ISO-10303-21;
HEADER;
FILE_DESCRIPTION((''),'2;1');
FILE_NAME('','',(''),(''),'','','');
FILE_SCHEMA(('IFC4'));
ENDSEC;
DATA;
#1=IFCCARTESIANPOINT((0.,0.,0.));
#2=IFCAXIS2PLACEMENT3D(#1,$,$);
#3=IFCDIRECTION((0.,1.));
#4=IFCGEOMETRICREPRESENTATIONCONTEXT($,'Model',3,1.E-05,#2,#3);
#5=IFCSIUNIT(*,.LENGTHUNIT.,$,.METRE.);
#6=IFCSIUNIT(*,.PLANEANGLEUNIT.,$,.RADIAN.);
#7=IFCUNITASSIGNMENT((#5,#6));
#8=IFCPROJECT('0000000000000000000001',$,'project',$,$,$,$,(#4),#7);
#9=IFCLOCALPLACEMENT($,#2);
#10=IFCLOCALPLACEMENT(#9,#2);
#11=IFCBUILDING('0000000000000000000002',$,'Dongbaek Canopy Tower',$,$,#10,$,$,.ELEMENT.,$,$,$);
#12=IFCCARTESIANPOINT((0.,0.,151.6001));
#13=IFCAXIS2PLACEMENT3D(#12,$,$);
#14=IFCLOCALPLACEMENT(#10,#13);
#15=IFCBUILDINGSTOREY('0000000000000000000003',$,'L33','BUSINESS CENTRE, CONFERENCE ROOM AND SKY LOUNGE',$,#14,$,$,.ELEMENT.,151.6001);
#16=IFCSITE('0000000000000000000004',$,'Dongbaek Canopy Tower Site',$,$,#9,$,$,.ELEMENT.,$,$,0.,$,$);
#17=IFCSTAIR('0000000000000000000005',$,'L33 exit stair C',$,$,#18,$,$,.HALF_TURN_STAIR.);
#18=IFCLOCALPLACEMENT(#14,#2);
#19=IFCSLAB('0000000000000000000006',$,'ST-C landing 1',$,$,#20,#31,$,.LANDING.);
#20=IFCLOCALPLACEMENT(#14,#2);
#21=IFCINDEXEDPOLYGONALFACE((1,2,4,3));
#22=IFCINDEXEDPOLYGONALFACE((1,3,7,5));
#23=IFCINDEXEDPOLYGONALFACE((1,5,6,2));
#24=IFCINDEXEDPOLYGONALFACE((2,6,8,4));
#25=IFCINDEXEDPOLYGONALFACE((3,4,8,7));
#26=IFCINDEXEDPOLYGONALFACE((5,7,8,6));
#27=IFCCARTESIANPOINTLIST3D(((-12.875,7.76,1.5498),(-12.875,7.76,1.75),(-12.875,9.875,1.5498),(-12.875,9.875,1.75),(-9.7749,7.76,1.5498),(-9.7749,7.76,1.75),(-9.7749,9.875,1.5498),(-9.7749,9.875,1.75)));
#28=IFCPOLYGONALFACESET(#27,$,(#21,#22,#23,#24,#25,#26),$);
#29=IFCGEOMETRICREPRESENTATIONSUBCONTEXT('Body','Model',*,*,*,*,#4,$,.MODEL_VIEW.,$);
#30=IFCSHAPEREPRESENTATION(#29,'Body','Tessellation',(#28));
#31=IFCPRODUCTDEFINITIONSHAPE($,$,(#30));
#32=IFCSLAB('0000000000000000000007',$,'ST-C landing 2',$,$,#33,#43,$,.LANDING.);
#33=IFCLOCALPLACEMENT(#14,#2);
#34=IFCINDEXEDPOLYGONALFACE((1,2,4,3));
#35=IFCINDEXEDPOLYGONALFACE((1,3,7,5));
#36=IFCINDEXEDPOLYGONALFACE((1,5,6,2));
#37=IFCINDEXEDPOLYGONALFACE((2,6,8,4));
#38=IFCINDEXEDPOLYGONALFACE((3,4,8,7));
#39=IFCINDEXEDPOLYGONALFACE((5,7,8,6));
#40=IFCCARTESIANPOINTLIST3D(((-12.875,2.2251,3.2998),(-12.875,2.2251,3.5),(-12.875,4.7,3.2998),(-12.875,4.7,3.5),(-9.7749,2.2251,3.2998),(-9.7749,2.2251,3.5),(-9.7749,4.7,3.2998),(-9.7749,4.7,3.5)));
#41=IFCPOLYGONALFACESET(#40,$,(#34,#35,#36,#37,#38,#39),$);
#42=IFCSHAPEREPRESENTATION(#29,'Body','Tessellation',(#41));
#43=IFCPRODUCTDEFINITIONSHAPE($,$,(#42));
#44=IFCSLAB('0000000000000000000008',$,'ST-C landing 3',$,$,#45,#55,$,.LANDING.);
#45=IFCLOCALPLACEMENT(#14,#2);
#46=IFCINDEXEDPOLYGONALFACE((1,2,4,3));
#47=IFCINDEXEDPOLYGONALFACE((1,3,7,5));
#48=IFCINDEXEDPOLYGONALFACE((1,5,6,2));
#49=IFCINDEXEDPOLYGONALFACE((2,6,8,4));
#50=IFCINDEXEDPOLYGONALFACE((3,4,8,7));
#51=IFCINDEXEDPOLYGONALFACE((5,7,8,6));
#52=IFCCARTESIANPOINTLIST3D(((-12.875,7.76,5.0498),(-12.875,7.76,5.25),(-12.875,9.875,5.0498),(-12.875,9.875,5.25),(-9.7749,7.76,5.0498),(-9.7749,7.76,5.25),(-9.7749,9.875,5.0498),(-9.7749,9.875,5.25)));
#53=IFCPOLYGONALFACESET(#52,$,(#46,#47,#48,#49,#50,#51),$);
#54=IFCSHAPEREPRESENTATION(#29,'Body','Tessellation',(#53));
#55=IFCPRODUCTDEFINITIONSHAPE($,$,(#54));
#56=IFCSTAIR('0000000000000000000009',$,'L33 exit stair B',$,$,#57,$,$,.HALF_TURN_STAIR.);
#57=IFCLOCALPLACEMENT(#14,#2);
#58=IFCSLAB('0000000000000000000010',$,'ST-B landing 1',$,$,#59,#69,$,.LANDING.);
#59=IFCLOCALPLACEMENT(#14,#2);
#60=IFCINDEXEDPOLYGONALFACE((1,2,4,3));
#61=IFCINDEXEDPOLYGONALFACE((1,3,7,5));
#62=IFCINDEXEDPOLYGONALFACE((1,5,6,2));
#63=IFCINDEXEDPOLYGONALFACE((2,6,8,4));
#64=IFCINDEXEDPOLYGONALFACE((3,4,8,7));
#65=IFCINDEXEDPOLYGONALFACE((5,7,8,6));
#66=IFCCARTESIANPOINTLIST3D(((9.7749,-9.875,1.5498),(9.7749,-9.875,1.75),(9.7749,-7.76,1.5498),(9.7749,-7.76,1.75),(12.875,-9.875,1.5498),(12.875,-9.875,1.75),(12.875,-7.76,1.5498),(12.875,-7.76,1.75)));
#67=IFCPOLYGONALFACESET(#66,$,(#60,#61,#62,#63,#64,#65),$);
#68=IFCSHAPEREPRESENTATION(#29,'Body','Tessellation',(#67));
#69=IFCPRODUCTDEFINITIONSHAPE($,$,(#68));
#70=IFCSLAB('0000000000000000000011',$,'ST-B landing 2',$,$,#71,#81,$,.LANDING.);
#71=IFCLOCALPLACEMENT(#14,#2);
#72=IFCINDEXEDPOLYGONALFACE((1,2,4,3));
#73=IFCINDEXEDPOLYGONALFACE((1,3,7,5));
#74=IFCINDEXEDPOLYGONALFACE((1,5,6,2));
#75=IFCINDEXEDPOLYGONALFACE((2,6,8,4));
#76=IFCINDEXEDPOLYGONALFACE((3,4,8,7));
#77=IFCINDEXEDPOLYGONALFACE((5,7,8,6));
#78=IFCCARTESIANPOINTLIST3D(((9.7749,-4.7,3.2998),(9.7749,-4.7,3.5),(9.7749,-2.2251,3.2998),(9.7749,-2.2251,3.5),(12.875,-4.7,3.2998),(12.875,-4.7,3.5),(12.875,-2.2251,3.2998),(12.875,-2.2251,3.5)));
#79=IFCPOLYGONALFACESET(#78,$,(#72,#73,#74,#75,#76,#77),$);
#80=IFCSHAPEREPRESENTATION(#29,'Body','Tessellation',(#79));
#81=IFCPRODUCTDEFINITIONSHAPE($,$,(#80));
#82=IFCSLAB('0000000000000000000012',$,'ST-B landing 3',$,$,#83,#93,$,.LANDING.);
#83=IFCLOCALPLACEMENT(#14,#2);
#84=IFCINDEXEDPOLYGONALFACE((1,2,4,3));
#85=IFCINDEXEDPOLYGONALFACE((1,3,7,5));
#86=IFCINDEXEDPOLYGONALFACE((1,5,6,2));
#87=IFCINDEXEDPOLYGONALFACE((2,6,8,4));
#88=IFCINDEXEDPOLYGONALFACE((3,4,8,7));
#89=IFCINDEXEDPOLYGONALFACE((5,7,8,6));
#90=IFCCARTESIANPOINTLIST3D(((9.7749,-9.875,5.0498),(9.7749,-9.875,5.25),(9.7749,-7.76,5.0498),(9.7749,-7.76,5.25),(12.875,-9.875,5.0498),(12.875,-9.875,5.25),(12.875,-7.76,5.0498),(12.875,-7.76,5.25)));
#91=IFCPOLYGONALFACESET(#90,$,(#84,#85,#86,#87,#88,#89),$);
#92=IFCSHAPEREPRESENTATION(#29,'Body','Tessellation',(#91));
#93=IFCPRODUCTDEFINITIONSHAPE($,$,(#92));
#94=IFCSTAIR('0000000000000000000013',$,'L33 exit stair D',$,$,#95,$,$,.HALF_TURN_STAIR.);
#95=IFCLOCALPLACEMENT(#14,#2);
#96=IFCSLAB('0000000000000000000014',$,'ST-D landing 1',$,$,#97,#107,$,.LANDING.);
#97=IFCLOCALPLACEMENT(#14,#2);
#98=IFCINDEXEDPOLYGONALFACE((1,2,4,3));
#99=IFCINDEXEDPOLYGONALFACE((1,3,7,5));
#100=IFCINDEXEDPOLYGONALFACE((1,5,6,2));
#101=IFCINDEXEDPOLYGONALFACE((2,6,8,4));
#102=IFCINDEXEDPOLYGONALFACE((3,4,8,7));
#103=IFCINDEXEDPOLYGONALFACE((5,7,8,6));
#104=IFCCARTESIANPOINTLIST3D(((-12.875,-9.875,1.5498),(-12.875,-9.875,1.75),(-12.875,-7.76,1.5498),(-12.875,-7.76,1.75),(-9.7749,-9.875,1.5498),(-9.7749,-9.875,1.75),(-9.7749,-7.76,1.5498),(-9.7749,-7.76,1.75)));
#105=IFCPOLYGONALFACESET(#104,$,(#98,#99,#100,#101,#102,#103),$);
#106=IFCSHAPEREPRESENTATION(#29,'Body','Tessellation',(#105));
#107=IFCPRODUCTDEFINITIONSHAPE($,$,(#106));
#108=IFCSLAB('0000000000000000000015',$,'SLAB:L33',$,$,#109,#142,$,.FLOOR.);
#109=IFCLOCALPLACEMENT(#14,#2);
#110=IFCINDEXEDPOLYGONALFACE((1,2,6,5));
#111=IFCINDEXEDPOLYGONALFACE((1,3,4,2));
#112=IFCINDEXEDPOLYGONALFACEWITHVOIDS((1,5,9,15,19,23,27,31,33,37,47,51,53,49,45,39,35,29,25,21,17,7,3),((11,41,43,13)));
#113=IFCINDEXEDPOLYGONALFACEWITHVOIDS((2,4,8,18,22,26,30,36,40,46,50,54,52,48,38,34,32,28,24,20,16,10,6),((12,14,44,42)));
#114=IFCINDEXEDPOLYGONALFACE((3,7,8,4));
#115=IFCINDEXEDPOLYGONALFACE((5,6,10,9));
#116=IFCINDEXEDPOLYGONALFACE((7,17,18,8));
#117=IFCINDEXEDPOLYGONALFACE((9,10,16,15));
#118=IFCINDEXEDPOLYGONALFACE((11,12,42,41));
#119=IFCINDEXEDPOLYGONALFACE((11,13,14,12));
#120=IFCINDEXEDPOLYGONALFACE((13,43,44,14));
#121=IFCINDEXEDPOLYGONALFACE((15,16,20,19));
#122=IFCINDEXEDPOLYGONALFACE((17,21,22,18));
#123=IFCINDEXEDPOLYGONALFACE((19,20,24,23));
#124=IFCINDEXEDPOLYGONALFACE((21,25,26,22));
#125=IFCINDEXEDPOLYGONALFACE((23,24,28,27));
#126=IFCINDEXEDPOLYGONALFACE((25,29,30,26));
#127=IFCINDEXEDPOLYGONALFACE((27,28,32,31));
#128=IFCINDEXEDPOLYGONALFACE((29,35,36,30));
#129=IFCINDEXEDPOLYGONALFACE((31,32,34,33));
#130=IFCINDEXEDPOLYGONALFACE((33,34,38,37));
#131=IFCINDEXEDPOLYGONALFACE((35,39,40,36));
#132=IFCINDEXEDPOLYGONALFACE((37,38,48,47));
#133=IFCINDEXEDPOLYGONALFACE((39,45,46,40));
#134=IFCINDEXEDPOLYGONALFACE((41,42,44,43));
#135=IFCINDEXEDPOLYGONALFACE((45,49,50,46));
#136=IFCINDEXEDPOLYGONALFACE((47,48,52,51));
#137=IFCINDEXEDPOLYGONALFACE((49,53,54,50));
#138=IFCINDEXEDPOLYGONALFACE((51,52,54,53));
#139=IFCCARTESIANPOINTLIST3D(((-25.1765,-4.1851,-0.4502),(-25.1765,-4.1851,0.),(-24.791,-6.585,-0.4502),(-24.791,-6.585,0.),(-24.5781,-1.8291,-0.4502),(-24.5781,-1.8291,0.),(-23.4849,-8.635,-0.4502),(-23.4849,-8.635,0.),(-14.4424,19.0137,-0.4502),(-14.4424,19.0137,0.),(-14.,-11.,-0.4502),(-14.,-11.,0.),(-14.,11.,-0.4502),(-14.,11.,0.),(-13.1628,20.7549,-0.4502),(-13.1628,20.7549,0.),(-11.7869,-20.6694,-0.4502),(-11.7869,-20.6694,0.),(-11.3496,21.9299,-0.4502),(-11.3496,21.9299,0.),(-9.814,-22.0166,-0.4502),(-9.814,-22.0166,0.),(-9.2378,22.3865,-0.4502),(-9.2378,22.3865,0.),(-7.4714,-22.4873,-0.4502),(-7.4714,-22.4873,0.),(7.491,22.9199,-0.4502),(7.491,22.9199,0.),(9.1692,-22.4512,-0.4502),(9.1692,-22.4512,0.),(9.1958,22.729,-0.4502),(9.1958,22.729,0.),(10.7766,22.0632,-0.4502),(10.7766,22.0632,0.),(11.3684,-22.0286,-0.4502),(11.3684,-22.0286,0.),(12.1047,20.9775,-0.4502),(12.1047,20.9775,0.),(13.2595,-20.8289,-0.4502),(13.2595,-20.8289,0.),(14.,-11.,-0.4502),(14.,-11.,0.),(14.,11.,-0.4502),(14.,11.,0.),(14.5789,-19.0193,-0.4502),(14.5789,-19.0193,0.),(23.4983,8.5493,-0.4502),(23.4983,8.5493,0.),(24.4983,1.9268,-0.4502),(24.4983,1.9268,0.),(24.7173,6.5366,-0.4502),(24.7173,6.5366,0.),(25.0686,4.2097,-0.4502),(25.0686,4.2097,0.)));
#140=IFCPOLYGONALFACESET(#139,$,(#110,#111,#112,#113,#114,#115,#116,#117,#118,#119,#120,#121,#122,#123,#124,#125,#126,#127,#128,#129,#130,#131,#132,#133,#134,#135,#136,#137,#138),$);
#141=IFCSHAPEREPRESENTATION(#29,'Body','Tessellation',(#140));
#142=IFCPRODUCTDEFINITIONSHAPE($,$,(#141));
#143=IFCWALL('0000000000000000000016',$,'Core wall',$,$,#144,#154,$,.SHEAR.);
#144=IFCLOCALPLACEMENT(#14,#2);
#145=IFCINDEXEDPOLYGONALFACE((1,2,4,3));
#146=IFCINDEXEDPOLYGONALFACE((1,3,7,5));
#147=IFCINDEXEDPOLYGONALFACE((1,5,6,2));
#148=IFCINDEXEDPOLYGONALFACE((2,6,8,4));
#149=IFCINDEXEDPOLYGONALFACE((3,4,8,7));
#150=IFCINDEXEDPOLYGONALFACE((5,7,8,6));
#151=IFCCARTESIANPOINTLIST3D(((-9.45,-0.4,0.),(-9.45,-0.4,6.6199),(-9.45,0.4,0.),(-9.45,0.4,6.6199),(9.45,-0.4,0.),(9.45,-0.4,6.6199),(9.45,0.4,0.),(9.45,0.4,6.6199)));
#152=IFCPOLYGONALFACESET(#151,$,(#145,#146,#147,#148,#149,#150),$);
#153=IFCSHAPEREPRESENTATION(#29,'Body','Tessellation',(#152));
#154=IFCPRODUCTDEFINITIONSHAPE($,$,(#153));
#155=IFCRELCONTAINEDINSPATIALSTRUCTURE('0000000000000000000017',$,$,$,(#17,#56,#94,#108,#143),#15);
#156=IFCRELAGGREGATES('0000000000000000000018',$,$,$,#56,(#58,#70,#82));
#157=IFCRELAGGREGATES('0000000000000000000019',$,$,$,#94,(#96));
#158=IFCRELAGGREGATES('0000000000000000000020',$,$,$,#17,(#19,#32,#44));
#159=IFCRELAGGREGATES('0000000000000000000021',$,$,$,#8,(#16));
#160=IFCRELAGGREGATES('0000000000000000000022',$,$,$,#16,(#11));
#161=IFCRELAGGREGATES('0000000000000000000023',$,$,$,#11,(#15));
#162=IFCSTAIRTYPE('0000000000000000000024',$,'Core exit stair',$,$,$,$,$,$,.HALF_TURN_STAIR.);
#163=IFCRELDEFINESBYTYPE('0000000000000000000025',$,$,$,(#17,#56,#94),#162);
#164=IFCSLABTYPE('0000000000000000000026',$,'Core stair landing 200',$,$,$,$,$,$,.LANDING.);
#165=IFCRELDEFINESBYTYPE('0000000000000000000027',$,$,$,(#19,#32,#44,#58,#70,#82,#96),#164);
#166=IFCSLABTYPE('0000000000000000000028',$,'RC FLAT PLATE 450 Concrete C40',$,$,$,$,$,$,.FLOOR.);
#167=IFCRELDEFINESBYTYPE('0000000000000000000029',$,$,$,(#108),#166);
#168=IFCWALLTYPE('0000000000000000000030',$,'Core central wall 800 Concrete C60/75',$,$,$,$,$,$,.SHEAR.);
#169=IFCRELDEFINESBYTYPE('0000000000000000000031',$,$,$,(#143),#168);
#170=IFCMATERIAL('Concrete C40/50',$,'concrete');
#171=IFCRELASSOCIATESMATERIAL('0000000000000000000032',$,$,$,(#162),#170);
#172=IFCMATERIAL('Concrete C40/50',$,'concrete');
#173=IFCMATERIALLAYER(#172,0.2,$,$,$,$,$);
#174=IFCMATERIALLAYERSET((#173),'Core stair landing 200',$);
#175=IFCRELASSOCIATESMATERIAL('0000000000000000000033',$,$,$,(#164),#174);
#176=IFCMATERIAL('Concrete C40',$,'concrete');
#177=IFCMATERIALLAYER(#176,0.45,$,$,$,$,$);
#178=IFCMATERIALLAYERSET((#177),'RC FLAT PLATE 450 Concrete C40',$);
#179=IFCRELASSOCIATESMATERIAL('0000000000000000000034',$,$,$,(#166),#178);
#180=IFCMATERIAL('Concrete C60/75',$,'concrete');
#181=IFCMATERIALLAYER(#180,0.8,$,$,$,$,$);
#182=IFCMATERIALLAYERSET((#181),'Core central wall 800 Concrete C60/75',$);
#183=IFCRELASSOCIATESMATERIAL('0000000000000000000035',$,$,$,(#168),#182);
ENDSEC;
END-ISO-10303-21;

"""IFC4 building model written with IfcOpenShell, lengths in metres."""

from ifc_helpers import new_model, si_unit, direction, frame, frame_2d, origin, place, context, subcontext, project, spatial, polyline, rectangle, outline, extrude, material, layer, layer_set, type_object, element, aggregate, save


model = new_model("IFC4")

# Units and contexts
model_context = context("Model", 3, precision=1e-05, world=origin(), true_north=direction((0.0, 1.0)))
body_context = subcontext(model_context, "Body", "Model", "MODEL_VIEW")
ifc_project = project(units=[si_unit("LENGTHUNIT", "METRE"), si_unit("PLANEANGLEUNIT", "RADIAN")], contexts=[model_context])

# Site, building, storey
site_placement = place(None, origin())
site = spatial("IfcSite", under=ifc_project, at=site_placement, Name="Dongbaek Canopy Tower Site", CompositionType="ELEMENT", RefElevation=0.0)
building_placement = place(site_placement, origin())
building = spatial("IfcBuilding", under=site, at=building_placement, Name="Dongbaek Canopy Tower", CompositionType="ELEMENT")
storey_placement = place(building_placement, frame((0.0, 0.0, 151.6001)))
storey = spatial("IfcBuildingStorey", under=building, at=storey_placement, Name="L33", Description="BUSINESS CENTRE, CONFERENCE ROOM AND SKY LOUNGE", CompositionType="ELEMENT", Elevation=151.6001)

# Stairs, slabs
ifc_material_1 = material(Name="Concrete C40/50", Category="concrete")
stair_type = type_object("IfcStairType", Name="Core exit stair", PredefinedType="HALF_TURN_STAIR", material=ifc_material_1)
ifc_material_2 = material(Name="Concrete C40/50", Category="concrete")
ifc_layer_1 = layer(ifc_material_2, 0.2)
ifc_layer_set_1 = layer_set([ifc_layer_1], Name="Core stair landing 200")
slab_type_1 = type_object("IfcSlabType", Name="Core stair landing 200", PredefinedType="LANDING", material=ifc_layer_set_1)
stair_1_placement = place(storey_placement, origin())
stair_1 = element("IfcStair", 1, at=stair_1_placement, inside=storey, type_object=stair_type, Name="L33 exit stair C", PredefinedType="HALF_TURN_STAIR")
slab_1_placement = place(storey_placement, frame((0.0, 0.0, 1.5498)))
slab_1 = element("IfcSlab", 2, at=slab_1_placement, type_object=slab_type_1, Name="ST-C landing 1", PredefinedType="LANDING", context=body_context, shape_type="SweptSolid", body=[
    extrude(outline(polyline([(-9.7749, 7.76), (-9.7749, 9.875), (-12.875, 9.875), (-12.875, 7.76), (-9.7749, 7.76)])), origin(), (0.0, 0.0, 1.0), 0.2002),
])
slab_2_placement = place(storey_placement, frame((0.0, 0.0, 3.2998)))
slab_2 = element("IfcSlab", 3, at=slab_2_placement, type_object=slab_type_1, Name="ST-C landing 2", PredefinedType="LANDING", context=body_context, shape_type="SweptSolid", body=[
    extrude(outline(polyline([(-9.7749, 2.2251), (-9.7749, 4.7), (-12.875, 4.7), (-12.875, 2.2251), (-9.7749, 2.2251)])), origin(), (0.0, 0.0, 1.0), 0.2002),
])
slab_3_placement = place(storey_placement, frame((0.0, 0.0, 5.0498)))
slab_3 = element("IfcSlab", 4, at=slab_3_placement, type_object=slab_type_1, Name="ST-C landing 3", PredefinedType="LANDING", context=body_context, shape_type="SweptSolid", body=[
    extrude(outline(polyline([(-9.7749, 7.76), (-9.7749, 9.875), (-12.875, 9.875), (-12.875, 7.76), (-9.7749, 7.76)])), origin(), (0.0, 0.0, 1.0), 0.2002),
])
stair_2_placement = place(storey_placement, origin())
stair_2 = element("IfcStair", 5, at=stair_2_placement, inside=storey, type_object=stair_type, Name="L33 exit stair B", PredefinedType="HALF_TURN_STAIR")
slab_4_placement = place(storey_placement, frame((0.0, 0.0, 1.5498)))
slab_4 = element("IfcSlab", 6, at=slab_4_placement, type_object=slab_type_1, Name="ST-B landing 1", PredefinedType="LANDING", context=body_context, shape_type="SweptSolid", body=[
    extrude(outline(polyline([(9.7749, -7.76), (9.7749, -9.875), (12.875, -9.875), (12.875, -7.76), (9.7749, -7.76)])), origin(), (0.0, 0.0, 1.0), 0.2002),
])
slab_5_placement = place(storey_placement, frame((0.0, 0.0, 3.2998)))
slab_5 = element("IfcSlab", 7, at=slab_5_placement, type_object=slab_type_1, Name="ST-B landing 2", PredefinedType="LANDING", context=body_context, shape_type="SweptSolid", body=[
    extrude(outline(polyline([(9.7749, -2.2251), (9.7749, -4.7), (12.875, -4.7), (12.875, -2.2251), (9.7749, -2.2251)])), origin(), (0.0, 0.0, 1.0), 0.2002),
])
slab_6_placement = place(storey_placement, frame((0.0, 0.0, 5.0498)))
slab_6 = element("IfcSlab", 8, at=slab_6_placement, type_object=slab_type_1, Name="ST-B landing 3", PredefinedType="LANDING", context=body_context, shape_type="SweptSolid", body=[
    extrude(outline(polyline([(9.7749, -7.76), (9.7749, -9.875), (12.875, -9.875), (12.875, -7.76), (9.7749, -7.76)])), origin(), (0.0, 0.0, 1.0), 0.2002),
])
aggregate(stair_2, [slab_4, slab_5, slab_6])

# Stair, slab
stair_3_placement = place(storey_placement, origin())
stair_3 = element("IfcStair", 9, at=stair_3_placement, inside=storey, type_object=stair_type, Name="L33 exit stair D", PredefinedType="HALF_TURN_STAIR")
slab_7_placement = place(storey_placement, frame((0.0, 0.0, 1.5498)))
slab_7 = element("IfcSlab", 10, at=slab_7_placement, type_object=slab_type_1, Name="ST-D landing 1", PredefinedType="LANDING", context=body_context, shape_type="SweptSolid", body=[
    extrude(outline(polyline([(-12.875, -7.76), (-12.875, -9.875), (-9.7749, -9.875), (-9.7749, -7.76), (-12.875, -7.76)])), origin(), (0.0, 0.0, 1.0), 0.2002),
])
aggregate(stair_3, [slab_7])

# Slab
ifc_material_3 = material(Name="Concrete C40", Category="concrete")
ifc_layer_2 = layer(ifc_material_3, 0.45)
ifc_layer_set_2 = layer_set([ifc_layer_2], Name="RC FLAT PLATE 450 Concrete C40")
slab_type_2 = type_object("IfcSlabType", Name="RC FLAT PLATE 450 Concrete C40", PredefinedType="FLOOR", material=ifc_layer_set_2)
slab_8_placement = place(storey_placement, frame((0.0, 0.0, -0.4502)))
element("IfcSlab", 11, at=slab_8_placement, inside=storey, type_object=slab_type_2, Name="SLAB:L33", PredefinedType="FLOOR", context=body_context, shape_type="SweptSolid", body=[
    extrude(outline(polyline([(14.5789, -19.0193), (13.2595, -20.8289), (11.3684, -22.0286), (9.1692, -22.4512), (-7.4714, -22.4873), (-9.814, -22.0166), (-11.7869, -20.6694), (-23.4849, -8.635), (-24.791, -6.585), (-25.1765, -4.1851), (-24.5781, -1.8291), (-14.4424, 19.0137), (-13.1628, 20.7549), (-11.3496, 21.9299), (-9.2378, 22.3865), (7.491, 22.9199), (9.1958, 22.729), (10.7766, 22.0632), (12.1047, 20.9775), (23.4983, 8.5493), (24.7173, 6.5366), (25.0686, 4.2097), (24.4983, 1.9268), (14.5789, -19.0193)]), holes=[polyline([(14.0, 11.0), (-14.0, 11.0), (-14.0, -11.0), (14.0, -11.0), (14.0, 11.0)])]), origin(), (0.0, 0.0, 1.0), 0.4502),
])

# Wall
ifc_material_4 = material(Name="Concrete C60/75", Category="concrete")
ifc_layer_3 = layer(ifc_material_4, 0.8)
ifc_layer_set_3 = layer_set([ifc_layer_3], Name="Core central wall 800 Concrete C60/75")
wall_type_1 = type_object("IfcWallType", Name="Core central wall 800 Concrete C60/75", PredefinedType="SHEAR", material=ifc_layer_set_3)
wall_1_placement = place(storey_placement, frame((-9.45, 0.0, 0.0), z_axis=(0.0, 0.0, 1.0), x_axis=(1.0, 0.0, 0.0)))
element("IfcWall", 12, at=wall_1_placement, inside=storey, type_object=wall_type_1, Name="Core wall", PredefinedType="SHEAR", context=body_context, shape_type="SweptSolid", body=[
    extrude(rectangle(XDim=18.8999, YDim=0.8, at=frame_2d((9.45, 0.0))), origin(), (0.0, 0.0, 1.0), 6.6199),
])

aggregate(stair_1, [slab_1, slab_2, slab_3])

save(model, "model.ifc")
